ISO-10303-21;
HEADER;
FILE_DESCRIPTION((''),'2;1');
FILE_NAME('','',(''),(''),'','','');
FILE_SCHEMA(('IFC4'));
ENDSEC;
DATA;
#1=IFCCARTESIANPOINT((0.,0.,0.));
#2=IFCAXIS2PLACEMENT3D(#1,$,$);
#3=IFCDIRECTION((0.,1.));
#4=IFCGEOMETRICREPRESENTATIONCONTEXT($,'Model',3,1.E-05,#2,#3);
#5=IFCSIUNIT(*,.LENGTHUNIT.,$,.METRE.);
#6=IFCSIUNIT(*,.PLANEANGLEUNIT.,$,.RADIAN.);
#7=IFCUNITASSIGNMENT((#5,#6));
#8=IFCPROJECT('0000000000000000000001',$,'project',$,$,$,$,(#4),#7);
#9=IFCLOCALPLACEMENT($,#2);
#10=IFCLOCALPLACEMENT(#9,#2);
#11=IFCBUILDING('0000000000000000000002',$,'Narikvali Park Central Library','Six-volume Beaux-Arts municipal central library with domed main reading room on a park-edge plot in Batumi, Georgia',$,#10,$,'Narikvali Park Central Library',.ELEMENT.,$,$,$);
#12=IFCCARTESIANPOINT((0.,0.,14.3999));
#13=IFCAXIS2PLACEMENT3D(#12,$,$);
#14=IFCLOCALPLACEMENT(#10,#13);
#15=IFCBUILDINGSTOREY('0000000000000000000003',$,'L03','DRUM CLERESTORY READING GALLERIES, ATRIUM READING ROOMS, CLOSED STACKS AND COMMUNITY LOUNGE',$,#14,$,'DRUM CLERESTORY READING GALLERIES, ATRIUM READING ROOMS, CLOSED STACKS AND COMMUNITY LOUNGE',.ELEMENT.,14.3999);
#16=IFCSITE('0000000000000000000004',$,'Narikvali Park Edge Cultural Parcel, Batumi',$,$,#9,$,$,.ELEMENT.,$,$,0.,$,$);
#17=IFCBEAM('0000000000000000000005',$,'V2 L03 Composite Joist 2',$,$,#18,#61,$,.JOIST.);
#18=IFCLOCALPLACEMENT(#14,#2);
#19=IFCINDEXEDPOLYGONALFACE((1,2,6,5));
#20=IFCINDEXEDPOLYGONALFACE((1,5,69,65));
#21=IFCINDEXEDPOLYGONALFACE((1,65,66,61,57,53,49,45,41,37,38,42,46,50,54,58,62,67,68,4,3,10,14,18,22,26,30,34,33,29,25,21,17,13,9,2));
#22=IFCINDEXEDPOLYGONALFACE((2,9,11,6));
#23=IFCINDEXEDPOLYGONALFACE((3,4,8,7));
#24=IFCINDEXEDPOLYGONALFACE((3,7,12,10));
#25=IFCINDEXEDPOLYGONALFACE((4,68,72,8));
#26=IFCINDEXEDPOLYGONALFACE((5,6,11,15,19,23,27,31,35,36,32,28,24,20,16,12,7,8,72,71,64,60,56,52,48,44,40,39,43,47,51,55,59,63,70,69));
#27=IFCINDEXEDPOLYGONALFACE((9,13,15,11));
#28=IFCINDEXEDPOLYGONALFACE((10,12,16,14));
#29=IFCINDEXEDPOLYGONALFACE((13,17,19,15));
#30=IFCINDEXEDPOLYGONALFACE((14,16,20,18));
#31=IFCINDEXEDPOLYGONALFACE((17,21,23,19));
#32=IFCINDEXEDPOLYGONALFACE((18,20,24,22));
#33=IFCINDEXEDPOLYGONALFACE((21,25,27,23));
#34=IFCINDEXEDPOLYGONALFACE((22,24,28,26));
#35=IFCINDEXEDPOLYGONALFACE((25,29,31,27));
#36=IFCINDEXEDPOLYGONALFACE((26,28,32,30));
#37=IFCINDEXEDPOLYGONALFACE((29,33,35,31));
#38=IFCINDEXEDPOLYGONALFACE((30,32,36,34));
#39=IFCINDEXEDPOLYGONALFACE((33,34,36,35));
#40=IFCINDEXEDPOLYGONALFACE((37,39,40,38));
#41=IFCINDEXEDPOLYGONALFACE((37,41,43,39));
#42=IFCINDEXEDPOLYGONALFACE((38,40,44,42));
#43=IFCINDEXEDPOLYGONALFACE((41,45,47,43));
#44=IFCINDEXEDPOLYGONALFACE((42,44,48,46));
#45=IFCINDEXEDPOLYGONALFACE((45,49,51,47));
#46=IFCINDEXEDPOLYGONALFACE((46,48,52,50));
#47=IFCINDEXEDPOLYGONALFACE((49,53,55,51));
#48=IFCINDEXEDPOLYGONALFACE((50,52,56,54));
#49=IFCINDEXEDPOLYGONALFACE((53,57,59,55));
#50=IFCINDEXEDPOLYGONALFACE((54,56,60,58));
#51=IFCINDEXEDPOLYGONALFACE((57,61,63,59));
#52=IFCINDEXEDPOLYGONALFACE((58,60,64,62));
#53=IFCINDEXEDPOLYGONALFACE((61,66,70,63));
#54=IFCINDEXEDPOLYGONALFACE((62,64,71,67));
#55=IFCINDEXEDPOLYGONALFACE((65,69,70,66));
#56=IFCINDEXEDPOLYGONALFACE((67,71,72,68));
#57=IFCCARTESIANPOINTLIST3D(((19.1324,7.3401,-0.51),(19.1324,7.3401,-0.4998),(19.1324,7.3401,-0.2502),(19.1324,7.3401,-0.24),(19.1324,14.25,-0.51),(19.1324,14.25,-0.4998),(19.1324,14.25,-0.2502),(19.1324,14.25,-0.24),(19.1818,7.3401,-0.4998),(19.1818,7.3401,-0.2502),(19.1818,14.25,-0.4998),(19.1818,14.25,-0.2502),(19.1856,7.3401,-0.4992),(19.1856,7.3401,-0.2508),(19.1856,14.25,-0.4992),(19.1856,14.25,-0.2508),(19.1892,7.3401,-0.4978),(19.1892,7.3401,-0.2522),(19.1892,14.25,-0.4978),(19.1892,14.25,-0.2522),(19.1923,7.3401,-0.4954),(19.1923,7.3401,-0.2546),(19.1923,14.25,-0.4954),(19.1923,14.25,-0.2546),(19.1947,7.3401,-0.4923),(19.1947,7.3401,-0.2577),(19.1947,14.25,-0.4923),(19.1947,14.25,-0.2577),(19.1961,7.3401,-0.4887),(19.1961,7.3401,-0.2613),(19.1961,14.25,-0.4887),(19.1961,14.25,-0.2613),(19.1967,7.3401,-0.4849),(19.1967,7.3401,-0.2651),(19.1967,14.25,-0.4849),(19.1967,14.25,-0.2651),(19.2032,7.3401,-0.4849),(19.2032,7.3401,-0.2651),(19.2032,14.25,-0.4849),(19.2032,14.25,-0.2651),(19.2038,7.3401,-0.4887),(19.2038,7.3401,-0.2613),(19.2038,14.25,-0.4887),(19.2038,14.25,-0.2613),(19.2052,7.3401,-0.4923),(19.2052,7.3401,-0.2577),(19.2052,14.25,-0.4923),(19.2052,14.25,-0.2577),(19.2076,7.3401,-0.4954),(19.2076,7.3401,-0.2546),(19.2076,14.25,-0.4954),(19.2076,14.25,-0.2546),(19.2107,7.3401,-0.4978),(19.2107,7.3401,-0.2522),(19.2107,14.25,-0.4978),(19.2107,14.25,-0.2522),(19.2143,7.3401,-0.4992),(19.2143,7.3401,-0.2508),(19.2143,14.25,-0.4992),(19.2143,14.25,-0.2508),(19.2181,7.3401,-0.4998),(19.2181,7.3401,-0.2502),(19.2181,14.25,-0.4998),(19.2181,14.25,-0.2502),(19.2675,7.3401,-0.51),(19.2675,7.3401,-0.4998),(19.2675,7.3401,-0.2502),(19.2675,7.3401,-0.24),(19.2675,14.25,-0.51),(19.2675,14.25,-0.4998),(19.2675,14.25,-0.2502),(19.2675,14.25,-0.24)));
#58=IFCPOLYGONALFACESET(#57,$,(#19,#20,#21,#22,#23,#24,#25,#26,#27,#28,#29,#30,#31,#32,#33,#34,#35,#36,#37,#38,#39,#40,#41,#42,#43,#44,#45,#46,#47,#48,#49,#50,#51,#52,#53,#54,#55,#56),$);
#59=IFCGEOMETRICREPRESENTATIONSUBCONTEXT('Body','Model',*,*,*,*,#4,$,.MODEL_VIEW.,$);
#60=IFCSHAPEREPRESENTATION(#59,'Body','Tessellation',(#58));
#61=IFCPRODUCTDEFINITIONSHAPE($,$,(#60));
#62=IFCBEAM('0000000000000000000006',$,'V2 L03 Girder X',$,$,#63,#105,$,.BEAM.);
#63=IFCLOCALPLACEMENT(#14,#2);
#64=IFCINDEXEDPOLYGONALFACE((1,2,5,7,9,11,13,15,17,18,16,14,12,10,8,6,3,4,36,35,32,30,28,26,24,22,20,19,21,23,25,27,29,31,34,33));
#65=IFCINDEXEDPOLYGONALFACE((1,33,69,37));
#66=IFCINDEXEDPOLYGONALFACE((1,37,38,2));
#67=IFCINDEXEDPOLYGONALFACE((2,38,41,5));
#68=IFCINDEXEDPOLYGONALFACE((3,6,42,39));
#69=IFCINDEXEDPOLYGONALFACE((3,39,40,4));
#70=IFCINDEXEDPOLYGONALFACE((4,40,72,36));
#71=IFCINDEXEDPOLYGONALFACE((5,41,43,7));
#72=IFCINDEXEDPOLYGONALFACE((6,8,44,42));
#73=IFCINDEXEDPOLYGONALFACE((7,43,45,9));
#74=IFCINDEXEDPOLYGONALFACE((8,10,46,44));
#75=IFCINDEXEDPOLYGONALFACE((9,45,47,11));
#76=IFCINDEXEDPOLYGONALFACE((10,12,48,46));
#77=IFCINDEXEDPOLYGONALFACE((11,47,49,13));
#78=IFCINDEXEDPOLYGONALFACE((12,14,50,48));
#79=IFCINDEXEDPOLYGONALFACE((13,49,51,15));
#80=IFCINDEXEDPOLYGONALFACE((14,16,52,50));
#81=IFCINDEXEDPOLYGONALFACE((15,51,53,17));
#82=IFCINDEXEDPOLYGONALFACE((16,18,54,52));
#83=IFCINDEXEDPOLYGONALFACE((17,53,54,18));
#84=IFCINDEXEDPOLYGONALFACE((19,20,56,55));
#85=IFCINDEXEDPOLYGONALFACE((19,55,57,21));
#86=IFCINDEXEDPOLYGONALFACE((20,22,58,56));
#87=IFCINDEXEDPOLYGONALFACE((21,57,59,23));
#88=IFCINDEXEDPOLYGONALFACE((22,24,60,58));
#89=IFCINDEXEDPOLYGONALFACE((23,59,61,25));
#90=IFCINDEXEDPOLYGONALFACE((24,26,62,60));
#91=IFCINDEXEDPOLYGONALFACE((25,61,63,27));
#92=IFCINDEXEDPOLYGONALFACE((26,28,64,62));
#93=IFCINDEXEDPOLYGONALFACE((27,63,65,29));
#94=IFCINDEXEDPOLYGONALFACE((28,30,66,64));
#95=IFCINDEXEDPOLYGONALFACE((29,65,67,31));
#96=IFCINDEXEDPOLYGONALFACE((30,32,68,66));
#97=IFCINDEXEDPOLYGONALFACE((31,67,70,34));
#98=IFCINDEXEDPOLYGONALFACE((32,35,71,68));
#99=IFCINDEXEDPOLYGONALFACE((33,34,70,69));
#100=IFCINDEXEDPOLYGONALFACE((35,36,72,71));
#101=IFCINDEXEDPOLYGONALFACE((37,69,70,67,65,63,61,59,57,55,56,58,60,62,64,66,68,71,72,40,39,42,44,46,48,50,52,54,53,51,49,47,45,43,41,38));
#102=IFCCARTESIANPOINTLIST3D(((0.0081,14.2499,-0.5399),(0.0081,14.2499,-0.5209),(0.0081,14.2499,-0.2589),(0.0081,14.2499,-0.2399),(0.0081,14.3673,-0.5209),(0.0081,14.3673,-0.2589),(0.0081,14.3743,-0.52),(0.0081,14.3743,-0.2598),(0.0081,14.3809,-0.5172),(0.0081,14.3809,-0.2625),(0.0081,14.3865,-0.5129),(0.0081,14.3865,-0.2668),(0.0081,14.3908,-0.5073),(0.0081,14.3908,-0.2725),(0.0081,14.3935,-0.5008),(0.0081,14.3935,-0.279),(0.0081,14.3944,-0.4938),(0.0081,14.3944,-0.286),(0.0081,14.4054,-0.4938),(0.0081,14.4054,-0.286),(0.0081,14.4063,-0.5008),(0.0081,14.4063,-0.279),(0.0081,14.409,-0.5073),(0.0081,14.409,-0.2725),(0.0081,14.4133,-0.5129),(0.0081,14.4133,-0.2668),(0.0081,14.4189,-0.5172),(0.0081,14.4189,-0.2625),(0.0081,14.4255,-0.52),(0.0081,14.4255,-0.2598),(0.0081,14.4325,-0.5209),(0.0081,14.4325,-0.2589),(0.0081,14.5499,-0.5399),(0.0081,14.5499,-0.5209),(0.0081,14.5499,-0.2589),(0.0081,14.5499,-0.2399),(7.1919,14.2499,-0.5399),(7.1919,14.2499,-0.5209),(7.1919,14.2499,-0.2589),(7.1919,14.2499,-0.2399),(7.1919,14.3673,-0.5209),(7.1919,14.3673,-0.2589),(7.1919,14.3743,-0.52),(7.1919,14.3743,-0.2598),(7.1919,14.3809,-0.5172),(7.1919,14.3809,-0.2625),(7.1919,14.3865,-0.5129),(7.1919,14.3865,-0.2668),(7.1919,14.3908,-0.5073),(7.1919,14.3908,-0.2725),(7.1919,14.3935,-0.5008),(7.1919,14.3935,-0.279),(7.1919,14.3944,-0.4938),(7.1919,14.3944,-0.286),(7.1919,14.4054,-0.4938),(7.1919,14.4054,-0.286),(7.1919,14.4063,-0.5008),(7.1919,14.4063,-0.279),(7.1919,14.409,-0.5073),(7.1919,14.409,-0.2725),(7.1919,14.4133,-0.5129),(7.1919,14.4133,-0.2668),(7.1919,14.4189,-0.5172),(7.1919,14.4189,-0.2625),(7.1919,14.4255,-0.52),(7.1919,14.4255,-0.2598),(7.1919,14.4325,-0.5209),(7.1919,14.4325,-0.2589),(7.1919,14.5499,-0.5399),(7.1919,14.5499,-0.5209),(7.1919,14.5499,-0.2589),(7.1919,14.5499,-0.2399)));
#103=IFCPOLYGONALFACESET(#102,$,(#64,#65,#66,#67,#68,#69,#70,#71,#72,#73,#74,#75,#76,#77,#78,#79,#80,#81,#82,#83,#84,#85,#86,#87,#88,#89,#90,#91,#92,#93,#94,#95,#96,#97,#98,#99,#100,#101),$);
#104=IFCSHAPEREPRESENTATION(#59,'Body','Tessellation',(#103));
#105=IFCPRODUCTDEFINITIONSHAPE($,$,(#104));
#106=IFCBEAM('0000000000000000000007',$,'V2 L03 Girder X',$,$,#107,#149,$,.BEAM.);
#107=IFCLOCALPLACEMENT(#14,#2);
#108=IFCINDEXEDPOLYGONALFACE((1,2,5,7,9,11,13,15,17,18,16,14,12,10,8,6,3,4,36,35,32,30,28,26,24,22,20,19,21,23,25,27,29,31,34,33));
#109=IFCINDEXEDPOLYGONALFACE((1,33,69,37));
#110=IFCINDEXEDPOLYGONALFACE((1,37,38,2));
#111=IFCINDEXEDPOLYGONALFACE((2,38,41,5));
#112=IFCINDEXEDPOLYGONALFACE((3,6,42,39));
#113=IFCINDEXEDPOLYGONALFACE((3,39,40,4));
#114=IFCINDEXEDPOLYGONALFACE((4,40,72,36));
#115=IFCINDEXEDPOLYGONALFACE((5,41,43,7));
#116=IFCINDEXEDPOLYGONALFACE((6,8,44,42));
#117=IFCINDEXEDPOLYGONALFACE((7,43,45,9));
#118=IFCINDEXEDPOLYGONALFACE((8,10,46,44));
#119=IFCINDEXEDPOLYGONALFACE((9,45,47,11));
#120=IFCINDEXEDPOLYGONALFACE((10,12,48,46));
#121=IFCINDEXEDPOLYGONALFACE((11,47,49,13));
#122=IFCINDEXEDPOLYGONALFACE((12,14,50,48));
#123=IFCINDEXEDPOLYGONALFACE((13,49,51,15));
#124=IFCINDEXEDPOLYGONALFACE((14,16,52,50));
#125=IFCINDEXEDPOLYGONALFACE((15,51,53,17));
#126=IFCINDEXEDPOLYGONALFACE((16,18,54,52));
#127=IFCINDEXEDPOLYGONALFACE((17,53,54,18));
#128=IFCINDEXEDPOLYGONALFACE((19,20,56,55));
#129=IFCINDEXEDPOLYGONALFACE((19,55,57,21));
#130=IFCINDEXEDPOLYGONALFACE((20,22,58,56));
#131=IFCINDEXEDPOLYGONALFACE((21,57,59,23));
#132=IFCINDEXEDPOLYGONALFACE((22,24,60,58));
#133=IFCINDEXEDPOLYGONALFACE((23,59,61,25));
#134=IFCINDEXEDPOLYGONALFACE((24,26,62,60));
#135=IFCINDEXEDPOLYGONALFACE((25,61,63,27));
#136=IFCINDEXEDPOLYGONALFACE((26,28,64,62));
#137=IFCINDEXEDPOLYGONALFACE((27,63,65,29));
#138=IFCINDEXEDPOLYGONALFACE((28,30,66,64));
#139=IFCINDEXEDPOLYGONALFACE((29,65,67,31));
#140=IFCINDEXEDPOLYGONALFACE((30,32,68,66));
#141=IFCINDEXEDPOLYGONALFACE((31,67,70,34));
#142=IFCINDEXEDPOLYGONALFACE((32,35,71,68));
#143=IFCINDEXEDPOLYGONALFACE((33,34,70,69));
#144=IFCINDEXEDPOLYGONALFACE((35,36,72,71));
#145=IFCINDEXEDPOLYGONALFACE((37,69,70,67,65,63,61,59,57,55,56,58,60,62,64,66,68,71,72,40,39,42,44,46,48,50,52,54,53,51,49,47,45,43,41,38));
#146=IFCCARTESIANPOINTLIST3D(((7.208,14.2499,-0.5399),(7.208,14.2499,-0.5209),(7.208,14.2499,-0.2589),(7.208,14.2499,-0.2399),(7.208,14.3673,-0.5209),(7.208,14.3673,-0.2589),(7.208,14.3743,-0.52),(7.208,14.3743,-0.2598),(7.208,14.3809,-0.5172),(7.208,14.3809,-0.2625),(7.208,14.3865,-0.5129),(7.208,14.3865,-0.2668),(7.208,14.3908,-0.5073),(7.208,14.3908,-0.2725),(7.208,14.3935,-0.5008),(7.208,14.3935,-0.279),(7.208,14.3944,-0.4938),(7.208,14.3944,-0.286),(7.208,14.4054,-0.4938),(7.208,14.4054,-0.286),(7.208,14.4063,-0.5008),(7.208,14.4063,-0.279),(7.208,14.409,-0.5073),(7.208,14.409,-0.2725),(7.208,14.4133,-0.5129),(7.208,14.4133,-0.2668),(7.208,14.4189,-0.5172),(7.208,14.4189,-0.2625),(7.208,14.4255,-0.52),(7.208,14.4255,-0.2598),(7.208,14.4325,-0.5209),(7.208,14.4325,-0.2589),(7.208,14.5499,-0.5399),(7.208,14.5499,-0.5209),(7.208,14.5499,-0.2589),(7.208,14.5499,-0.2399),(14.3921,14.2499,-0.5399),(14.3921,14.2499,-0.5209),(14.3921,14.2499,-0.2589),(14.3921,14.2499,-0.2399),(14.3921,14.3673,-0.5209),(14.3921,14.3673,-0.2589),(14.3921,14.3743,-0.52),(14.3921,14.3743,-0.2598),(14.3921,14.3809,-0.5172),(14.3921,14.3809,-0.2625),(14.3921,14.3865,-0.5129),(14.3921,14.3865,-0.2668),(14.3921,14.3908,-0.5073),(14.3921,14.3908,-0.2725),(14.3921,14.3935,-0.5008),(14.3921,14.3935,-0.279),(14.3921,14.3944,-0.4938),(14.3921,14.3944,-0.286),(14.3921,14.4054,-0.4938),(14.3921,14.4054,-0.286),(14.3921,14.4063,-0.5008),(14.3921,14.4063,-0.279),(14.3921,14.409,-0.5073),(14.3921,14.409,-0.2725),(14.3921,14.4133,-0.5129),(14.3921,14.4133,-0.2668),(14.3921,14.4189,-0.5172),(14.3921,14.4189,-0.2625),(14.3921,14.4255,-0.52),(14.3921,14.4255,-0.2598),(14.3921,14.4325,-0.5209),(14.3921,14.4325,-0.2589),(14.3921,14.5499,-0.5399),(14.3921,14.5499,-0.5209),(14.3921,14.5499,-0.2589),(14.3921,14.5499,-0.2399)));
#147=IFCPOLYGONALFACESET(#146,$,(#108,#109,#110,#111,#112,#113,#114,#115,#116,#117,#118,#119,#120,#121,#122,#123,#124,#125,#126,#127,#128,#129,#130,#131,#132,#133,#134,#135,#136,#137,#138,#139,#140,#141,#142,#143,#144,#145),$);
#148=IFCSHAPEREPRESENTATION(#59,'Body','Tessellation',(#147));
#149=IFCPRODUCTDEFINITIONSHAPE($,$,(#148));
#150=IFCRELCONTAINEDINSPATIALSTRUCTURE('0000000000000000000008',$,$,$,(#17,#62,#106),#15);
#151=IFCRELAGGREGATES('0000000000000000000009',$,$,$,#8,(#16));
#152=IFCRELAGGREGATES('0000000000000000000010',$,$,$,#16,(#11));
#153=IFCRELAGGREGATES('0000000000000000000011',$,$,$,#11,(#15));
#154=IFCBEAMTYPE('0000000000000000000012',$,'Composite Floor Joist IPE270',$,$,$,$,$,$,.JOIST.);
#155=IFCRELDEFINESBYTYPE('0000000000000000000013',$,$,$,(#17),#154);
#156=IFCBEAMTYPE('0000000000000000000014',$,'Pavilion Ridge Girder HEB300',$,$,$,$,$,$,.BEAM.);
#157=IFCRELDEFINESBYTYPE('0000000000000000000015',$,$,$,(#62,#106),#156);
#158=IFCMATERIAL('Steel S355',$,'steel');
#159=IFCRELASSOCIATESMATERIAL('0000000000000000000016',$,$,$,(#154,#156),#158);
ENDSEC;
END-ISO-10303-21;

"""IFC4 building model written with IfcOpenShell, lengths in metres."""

from ifc_helpers import new_model, si_unit, direction, frame, origin, origin_2d, place, context, subcontext, project, spatial, i_section, extrude, material, material_profile, profile_set, type_object, element, save


model = new_model("IFC4")

# Units and contexts
model_context = context("Model", 3, precision=1e-05, world=origin(), true_north=direction((0.0, 1.0)))
body_context = subcontext(model_context, "Body", "Model", "MODEL_VIEW")
ifc_project = project(units=[si_unit("LENGTHUNIT", "METRE"), si_unit("PLANEANGLEUNIT", "RADIAN")], contexts=[model_context])

# Site, building, storey
site_placement = place(None, origin())
site = spatial("IfcSite", under=ifc_project, at=site_placement, Name="Narikvali Park Edge Cultural Parcel, Batumi", CompositionType="ELEMENT", RefElevation=0.0)
building_placement = place(site_placement, origin())
building = spatial("IfcBuilding", under=site, at=building_placement, Name="Narikvali Park Central Library", Description="Six-volume Beaux-Arts municipal central library with domed main reading room on a park-edge plot in Batumi, Georgia", LongName="Narikvali Park Central Library", CompositionType="ELEMENT")
storey_placement = place(building_placement, frame((0.0, 0.0, 14.3999)))
storey = spatial("IfcBuildingStorey", under=building, at=storey_placement, Name="L03", Description="DRUM CLERESTORY READING GALLERIES, ATRIUM READING ROOMS, CLOSED STACKS AND COMMUNITY LOUNGE", LongName="DRUM CLERESTORY READING GALLERIES, ATRIUM READING ROOMS, CLOSED STACKS AND COMMUNITY LOUNGE", CompositionType="ELEMENT", Elevation=14.3999)

# Shared definitions
ifc_material_1 = material(Name="Steel S355", Category="steel")

# Beams
ifc_material_profile_1 = material_profile(ifc_material_1, i_section(OverallWidth=0.135, OverallDepth=0.27, WebThickness=0.0066, FlangeThickness=0.0103, FilletRadius=0.0149, at=origin_2d()), Name="IPE 270")
ifc_profile_set_1 = profile_set([ifc_material_profile_1], Name="Steel S355")
beam_type_1 = type_object("IfcBeamType", Name="Composite Floor Joist IPE270", PredefinedType="JOIST", material=ifc_profile_set_1)
for number, where, z_axis, x_axis, name in (
    (1, (19.2, 7.3401, -0.375), (0.0, 1.0, 0.0), (-1.0, 0.0, 0.0), "V2 L03 Composite Joist 2"),
):
    element("IfcBeam", number, at=place(storey_placement, frame(where, z_axis=z_axis, x_axis=x_axis)), inside=storey, type_object=beam_type_1, Name=name, PredefinedType="JOIST", context=body_context, shape_type="SweptSolid", body=[
        extrude(i_section(OverallWidth=0.135, OverallDepth=0.27, WebThickness=0.0066, FlangeThickness=0.0103, FilletRadius=0.0149, at=origin_2d()), origin(), (0.0, 0.0, 1.0), 6.9099),
    ])
ifc_material_profile_2 = material_profile(ifc_material_1, i_section(OverallWidth=0.3, OverallDepth=0.3, WebThickness=0.011, FlangeThickness=0.019, FilletRadius=0.0271, at=origin_2d()), Name="HEB 300")
ifc_profile_set_2 = profile_set([ifc_material_profile_2], Name="Steel S355")
beam_type_2 = type_object("IfcBeamType", Name="Pavilion Ridge Girder HEB300", PredefinedType="BEAM", material=ifc_profile_set_2)
beam_1_placement = place(storey_placement, frame((0.0081, 14.3999, -0.3899), z_axis=(1.0, 0.0, 0.0), x_axis=(0.0, 1.0, 0.0)))
element("IfcBeam", 2, at=beam_1_placement, inside=storey, type_object=beam_type_2, Name="V2 L03 Girder X", PredefinedType="BEAM", context=body_context, shape_type="SweptSolid", body=[
    extrude(i_section(OverallWidth=0.3, OverallDepth=0.3, WebThickness=0.011, FlangeThickness=0.019, FilletRadius=0.0271, at=origin_2d()), origin(), (0.0, 0.0, 1.0), 7.1838),
])
beam_2_placement = place(storey_placement, frame((7.208, 14.3999, -0.3899), z_axis=(1.0, 0.0, 0.0), x_axis=(0.0, 1.0, 0.0)))
element("IfcBeam", 3, at=beam_2_placement, inside=storey, type_object=beam_type_2, Name="V2 L03 Girder X", PredefinedType="BEAM", context=body_context, shape_type="SweptSolid", body=[
    extrude(i_section(OverallWidth=0.3, OverallDepth=0.3, WebThickness=0.011, FlangeThickness=0.019, FilletRadius=0.0271, at=origin_2d()), origin(), (0.0, 0.0, 1.0), 7.1841),
])

save(model, "model.ifc")
